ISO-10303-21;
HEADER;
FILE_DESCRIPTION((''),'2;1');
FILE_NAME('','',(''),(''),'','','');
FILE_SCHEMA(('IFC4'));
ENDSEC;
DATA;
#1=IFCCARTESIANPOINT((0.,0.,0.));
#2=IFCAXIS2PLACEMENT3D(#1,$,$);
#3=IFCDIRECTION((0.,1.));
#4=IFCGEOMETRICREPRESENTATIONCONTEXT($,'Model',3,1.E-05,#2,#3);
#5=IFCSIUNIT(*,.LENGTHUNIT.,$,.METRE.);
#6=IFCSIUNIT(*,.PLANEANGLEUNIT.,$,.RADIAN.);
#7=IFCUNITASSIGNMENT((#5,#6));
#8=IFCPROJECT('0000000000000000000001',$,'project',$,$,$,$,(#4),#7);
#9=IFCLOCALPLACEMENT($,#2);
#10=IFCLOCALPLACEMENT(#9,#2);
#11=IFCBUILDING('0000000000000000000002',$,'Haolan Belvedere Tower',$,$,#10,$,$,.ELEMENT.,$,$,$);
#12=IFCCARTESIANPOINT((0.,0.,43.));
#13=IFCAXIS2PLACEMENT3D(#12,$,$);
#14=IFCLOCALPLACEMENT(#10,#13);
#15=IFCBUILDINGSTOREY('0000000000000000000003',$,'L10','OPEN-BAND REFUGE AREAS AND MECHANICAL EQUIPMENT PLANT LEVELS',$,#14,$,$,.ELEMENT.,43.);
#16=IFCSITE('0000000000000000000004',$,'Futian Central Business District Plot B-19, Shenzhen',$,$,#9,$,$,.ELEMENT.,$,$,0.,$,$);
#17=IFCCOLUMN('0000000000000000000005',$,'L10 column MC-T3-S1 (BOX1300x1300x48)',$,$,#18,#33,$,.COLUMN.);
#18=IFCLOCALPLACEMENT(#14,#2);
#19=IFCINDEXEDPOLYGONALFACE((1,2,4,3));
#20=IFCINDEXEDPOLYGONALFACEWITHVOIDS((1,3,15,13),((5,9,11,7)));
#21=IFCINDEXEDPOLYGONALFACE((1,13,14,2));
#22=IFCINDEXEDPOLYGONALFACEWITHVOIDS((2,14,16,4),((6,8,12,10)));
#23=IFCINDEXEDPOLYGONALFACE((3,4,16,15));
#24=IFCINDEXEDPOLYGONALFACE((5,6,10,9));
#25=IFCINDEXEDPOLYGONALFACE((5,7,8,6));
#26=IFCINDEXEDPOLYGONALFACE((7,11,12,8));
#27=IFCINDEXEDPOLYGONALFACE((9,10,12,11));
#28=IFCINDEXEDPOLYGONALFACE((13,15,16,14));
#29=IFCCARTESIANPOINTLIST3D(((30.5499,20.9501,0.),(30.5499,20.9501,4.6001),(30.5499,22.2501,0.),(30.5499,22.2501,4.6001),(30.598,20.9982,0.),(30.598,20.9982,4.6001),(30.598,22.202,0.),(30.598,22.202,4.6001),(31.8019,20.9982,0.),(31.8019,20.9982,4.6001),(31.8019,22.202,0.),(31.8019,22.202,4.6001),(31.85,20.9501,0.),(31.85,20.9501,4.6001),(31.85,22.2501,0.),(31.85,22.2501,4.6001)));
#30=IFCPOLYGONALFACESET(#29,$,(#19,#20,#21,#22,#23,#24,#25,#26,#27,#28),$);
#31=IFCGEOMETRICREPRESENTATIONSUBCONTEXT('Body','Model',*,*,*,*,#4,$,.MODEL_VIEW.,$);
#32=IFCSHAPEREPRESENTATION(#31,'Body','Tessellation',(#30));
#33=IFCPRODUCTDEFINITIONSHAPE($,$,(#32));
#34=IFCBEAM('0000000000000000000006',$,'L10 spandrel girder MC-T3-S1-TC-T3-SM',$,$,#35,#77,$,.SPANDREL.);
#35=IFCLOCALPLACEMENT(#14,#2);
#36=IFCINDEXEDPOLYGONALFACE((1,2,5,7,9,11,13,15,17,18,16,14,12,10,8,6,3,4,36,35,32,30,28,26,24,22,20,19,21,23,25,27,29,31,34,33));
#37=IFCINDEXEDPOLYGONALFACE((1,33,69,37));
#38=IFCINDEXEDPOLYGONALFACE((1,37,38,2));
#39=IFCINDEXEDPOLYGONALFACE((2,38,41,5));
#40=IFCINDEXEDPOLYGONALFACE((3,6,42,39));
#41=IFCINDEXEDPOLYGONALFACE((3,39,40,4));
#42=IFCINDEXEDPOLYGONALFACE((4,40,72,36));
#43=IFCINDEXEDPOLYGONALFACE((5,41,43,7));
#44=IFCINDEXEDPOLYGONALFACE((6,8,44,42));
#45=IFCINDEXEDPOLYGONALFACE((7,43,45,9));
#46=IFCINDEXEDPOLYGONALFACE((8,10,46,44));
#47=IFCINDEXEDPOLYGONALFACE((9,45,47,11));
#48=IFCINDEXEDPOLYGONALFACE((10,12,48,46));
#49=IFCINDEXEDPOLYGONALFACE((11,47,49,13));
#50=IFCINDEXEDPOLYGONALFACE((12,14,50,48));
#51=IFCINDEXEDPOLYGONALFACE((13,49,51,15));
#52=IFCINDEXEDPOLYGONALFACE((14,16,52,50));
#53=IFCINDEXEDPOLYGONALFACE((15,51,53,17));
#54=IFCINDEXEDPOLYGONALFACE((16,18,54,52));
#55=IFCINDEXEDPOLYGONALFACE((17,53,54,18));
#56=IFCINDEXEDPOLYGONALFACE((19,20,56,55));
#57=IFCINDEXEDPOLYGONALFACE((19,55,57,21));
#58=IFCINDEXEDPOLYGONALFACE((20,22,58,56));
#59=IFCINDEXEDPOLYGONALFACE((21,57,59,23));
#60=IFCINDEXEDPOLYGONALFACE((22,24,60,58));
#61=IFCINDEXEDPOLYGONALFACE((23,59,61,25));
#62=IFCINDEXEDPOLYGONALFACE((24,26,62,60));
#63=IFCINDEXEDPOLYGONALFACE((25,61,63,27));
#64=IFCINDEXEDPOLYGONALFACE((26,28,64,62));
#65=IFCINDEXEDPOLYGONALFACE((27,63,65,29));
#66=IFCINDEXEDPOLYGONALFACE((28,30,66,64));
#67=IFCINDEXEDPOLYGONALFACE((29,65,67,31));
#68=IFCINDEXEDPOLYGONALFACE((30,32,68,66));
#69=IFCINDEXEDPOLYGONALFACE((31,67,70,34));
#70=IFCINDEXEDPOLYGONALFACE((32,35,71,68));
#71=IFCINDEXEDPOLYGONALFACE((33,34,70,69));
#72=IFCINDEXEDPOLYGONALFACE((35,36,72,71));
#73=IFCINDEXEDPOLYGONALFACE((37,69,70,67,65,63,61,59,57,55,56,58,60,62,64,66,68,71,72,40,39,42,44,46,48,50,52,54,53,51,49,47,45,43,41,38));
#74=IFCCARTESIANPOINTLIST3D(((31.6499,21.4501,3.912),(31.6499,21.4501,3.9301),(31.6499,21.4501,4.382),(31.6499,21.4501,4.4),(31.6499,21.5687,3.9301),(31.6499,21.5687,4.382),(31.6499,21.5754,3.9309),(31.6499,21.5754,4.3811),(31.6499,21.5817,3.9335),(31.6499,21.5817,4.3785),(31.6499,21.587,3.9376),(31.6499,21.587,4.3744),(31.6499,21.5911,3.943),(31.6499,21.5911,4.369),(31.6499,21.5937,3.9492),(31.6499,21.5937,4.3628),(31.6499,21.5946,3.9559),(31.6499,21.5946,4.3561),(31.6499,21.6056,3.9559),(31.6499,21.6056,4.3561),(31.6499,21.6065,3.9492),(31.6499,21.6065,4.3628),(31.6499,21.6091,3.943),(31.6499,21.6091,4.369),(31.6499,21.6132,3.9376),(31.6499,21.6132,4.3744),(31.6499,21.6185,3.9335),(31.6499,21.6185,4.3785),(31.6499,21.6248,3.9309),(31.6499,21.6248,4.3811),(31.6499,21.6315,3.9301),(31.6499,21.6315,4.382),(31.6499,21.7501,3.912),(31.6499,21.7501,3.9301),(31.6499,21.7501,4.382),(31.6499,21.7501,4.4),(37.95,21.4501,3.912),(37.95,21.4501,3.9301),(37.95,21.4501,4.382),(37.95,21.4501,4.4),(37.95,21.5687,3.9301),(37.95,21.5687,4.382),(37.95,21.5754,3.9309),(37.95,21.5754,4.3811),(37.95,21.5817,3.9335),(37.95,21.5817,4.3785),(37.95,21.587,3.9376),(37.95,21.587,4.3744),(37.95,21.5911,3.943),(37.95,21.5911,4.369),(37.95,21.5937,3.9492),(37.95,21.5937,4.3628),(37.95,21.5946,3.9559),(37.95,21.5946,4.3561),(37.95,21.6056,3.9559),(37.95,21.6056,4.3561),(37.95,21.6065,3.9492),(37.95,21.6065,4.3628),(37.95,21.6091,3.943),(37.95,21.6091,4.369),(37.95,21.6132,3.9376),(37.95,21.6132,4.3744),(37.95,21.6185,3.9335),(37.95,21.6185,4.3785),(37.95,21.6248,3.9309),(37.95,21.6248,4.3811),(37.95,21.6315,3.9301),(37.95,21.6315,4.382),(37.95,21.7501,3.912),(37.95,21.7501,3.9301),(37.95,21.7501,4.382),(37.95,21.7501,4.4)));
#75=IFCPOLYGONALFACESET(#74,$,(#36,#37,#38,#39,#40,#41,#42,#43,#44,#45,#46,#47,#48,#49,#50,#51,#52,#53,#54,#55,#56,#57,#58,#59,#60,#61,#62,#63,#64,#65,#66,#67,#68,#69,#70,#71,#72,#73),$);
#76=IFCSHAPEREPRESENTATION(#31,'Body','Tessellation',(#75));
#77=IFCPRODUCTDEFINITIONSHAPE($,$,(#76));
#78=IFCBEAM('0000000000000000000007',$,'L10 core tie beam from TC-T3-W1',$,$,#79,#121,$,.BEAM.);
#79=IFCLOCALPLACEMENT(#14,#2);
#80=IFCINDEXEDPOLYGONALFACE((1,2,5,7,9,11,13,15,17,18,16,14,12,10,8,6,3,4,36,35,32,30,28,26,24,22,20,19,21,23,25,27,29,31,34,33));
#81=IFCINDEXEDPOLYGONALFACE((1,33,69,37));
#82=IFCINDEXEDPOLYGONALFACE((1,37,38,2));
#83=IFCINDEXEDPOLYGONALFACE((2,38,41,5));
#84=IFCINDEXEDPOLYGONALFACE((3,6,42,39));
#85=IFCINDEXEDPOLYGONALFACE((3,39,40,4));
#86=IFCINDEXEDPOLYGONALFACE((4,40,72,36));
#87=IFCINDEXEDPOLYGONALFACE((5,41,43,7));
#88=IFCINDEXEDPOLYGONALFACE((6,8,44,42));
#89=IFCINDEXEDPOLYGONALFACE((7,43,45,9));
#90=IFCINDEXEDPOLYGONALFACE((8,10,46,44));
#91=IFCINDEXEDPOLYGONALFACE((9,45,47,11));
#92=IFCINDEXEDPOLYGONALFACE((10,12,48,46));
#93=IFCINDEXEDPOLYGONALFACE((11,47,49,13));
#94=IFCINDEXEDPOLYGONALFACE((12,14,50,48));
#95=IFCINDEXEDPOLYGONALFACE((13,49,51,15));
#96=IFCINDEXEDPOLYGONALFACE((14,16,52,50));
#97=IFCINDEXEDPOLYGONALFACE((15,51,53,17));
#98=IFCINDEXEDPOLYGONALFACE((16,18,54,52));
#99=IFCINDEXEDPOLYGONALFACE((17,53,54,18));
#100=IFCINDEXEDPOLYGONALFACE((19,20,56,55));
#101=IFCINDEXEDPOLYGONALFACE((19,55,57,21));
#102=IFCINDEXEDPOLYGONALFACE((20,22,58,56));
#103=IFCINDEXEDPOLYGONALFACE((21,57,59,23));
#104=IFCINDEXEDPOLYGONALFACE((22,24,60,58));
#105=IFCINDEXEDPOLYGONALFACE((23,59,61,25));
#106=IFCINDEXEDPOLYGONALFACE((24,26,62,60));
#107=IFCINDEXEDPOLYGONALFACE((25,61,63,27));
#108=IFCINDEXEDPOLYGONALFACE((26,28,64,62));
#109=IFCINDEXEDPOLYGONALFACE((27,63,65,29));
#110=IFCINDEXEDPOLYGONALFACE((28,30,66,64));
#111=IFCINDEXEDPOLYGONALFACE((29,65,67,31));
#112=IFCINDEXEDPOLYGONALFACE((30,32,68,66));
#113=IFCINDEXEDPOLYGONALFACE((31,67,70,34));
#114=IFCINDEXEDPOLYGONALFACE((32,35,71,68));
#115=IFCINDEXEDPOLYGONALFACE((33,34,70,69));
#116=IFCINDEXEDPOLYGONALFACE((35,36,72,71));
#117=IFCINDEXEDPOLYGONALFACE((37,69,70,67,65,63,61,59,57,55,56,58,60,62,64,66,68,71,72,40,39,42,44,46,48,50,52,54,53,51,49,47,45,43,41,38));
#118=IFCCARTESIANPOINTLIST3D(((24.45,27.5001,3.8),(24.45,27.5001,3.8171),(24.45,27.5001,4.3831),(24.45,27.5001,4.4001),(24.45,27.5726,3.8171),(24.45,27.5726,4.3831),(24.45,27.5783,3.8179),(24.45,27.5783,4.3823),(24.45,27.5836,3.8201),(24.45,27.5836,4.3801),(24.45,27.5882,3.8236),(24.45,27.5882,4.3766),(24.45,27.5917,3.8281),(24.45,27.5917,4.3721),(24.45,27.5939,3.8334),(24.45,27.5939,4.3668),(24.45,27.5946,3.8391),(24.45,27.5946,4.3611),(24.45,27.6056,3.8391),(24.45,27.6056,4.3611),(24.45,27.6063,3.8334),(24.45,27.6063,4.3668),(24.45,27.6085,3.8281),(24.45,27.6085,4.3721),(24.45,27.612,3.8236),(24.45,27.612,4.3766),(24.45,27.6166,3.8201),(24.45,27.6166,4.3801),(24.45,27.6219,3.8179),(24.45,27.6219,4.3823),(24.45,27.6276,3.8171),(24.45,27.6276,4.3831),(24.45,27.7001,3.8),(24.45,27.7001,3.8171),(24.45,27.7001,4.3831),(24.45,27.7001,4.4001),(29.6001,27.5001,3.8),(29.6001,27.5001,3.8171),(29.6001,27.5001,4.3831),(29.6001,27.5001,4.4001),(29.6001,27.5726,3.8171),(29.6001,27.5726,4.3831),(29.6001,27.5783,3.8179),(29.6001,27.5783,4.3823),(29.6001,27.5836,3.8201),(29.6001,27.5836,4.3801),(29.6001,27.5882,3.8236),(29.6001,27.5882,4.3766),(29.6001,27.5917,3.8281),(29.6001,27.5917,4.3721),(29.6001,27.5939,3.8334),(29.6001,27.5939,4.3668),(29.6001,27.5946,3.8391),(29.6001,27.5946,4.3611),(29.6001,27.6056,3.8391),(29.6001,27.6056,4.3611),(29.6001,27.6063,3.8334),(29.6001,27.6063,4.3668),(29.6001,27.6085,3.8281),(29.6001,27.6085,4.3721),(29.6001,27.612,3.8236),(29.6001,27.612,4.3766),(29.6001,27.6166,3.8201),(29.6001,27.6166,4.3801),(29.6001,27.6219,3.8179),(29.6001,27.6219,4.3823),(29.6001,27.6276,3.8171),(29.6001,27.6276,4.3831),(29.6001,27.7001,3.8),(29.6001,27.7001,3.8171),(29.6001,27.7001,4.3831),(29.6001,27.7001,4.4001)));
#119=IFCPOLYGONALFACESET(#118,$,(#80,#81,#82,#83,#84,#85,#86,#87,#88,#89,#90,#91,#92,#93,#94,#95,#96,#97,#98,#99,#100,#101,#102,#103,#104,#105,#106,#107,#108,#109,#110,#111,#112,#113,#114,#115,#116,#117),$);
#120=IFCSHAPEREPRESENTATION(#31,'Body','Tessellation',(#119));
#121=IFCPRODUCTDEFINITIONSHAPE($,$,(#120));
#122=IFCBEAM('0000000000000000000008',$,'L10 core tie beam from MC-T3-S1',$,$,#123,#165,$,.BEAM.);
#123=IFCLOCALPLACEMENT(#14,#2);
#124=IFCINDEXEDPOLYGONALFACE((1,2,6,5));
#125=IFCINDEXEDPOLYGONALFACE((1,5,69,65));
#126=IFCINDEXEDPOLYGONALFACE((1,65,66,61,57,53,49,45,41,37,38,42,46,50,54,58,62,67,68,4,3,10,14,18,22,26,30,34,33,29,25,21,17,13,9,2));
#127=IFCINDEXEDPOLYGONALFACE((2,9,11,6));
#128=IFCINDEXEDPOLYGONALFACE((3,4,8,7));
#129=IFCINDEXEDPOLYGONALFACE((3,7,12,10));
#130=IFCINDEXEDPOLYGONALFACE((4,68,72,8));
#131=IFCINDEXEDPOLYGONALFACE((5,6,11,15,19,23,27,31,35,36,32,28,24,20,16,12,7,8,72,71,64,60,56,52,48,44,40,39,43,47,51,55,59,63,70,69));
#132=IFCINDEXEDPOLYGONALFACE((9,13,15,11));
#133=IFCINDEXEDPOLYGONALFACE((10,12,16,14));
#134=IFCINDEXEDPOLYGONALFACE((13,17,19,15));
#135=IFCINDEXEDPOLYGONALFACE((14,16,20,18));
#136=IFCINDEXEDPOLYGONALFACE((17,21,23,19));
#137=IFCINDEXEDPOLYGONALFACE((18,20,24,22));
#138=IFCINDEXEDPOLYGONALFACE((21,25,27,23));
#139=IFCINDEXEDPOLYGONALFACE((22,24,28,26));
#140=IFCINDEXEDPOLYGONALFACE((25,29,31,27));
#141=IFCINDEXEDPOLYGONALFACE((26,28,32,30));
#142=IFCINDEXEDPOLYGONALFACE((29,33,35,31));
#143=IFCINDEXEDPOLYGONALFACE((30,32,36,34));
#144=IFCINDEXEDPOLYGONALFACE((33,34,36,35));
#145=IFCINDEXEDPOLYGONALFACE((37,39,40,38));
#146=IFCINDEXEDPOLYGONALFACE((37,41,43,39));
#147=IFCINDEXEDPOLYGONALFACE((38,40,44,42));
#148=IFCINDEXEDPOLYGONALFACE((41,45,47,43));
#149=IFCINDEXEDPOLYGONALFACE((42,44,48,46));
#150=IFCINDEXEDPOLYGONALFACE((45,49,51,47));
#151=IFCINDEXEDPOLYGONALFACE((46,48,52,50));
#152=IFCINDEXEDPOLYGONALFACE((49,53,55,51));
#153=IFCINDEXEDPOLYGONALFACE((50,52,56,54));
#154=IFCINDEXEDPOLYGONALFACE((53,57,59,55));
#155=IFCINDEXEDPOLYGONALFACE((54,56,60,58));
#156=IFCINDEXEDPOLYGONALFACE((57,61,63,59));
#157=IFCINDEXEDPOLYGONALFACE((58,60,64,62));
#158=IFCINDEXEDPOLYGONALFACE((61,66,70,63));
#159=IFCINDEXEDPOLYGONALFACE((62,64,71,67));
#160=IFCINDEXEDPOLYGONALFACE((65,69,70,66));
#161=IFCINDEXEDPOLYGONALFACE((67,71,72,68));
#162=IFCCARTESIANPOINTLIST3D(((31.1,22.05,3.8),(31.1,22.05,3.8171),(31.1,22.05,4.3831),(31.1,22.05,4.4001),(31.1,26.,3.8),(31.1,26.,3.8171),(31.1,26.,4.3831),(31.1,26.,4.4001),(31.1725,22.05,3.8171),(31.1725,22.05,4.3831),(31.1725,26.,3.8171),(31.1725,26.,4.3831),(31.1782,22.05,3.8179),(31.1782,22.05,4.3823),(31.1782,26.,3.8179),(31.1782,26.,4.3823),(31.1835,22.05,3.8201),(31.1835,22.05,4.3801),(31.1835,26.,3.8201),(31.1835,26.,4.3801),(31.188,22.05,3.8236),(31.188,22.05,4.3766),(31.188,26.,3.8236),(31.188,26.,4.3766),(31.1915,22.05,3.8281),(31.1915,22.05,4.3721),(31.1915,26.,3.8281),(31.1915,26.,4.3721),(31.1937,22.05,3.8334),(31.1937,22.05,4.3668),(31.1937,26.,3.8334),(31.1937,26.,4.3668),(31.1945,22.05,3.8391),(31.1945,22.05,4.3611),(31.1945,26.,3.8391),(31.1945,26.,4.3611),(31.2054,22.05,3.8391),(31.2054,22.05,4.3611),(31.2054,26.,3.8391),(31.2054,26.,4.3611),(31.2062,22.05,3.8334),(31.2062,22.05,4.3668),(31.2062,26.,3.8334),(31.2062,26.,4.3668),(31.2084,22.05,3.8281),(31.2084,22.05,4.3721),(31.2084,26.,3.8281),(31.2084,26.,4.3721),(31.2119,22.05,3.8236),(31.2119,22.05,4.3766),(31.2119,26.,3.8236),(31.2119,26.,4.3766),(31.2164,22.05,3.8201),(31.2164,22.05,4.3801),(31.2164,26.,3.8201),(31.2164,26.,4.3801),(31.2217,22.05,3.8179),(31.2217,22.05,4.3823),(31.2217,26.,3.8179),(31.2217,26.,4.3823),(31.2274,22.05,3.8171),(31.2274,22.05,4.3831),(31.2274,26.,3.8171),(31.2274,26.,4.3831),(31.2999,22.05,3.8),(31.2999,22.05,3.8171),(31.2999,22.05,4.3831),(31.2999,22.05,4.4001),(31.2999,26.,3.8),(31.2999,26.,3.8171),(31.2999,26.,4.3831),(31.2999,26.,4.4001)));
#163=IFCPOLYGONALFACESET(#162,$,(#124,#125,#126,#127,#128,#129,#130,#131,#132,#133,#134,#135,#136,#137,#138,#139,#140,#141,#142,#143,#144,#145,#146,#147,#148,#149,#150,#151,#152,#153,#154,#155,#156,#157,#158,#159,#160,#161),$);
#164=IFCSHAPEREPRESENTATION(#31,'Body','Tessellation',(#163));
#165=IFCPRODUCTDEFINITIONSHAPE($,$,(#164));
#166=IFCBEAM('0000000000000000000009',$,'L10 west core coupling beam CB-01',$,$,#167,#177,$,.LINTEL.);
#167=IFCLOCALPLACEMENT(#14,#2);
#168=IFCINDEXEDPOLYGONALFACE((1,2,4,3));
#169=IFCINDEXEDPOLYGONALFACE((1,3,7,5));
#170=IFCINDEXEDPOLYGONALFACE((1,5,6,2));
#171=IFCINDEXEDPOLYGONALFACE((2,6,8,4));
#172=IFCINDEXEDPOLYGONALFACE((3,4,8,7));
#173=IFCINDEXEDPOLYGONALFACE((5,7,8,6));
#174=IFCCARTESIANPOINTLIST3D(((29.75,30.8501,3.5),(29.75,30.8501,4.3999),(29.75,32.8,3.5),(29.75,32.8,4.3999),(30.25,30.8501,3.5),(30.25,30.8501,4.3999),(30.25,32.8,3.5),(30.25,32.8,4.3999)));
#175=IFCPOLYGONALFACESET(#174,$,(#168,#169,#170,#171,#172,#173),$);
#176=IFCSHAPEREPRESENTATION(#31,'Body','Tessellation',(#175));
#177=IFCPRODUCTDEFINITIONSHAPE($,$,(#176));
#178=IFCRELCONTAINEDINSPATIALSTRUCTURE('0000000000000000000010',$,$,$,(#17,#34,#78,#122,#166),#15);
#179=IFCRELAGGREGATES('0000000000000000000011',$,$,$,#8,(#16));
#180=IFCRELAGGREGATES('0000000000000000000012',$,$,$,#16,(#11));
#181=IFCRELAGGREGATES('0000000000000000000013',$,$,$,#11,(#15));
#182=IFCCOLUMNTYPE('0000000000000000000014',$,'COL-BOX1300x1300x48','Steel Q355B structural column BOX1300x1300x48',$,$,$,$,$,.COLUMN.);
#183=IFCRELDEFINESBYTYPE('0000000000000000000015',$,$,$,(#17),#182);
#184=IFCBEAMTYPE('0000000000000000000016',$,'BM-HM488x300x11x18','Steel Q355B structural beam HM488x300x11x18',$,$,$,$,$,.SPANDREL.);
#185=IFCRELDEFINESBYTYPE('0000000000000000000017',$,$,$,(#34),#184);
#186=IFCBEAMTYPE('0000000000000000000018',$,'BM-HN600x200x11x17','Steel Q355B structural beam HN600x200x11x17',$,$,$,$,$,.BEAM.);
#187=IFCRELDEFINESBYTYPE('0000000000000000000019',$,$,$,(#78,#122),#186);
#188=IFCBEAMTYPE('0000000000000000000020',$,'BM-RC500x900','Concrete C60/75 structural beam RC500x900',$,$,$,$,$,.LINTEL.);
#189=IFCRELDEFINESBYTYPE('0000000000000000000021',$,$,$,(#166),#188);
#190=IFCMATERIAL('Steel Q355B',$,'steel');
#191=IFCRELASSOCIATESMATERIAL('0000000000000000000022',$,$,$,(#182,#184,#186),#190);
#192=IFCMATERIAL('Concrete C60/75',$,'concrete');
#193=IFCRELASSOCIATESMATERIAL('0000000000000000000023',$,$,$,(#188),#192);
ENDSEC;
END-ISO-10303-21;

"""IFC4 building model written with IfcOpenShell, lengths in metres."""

from ifc_helpers import new_model, si_unit, direction, frame, origin, origin_2d, place, context, subcontext, project, spatial, rectangle, hollow_rectangle, i_section, extrude, material, material_profile, profile_set, type_object, element, save


model = new_model("IFC4")

# Units and contexts
model_context = context("Model", 3, precision=1e-05, world=origin(), true_north=direction((0.0, 1.0)))
body_context = subcontext(model_context, "Body", "Model", "MODEL_VIEW")
ifc_project = project(units=[si_unit("LENGTHUNIT", "METRE"), si_unit("PLANEANGLEUNIT", "RADIAN")], contexts=[model_context])

# Site, building, storey
site_placement = place(None, origin())
site = spatial("IfcSite", under=ifc_project, at=site_placement, Name="Futian Central Business District Plot B-19, Shenzhen", CompositionType="ELEMENT", RefElevation=0.0)
building_placement = place(site_placement, origin())
building = spatial("IfcBuilding", under=site, at=building_placement, Name="Haolan Belvedere Tower", CompositionType="ELEMENT")
storey_placement = place(building_placement, frame((0.0, 0.0, 43.0)))
storey = spatial("IfcBuildingStorey", under=building, at=storey_placement, Name="L10", Description="OPEN-BAND REFUGE AREAS AND MECHANICAL EQUIPMENT PLANT LEVELS", CompositionType="ELEMENT", Elevation=43.0)

# Column
ifc_material_1 = material(Name="Steel Q355B", Category="steel")
ifc_material_profile_1 = material_profile(ifc_material_1, hollow_rectangle(XDim=1.3, YDim=1.3, WallThickness=0.0481, at=origin_2d()), Name="Steel Q355B")
ifc_profile_set_1 = profile_set([ifc_material_profile_1], Name="Steel Q355B")
column_type = type_object("IfcColumnType", Name="COL-BOX1300x1300x48", Description="Steel Q355B structural column BOX1300x1300x48", PredefinedType="COLUMN", material=ifc_profile_set_1)
column_placement = place(storey_placement, frame((31.2, 21.6001, 0.0), z_axis=(0.0, 0.0, 1.0), x_axis=(1.0, 0.0, 0.0)))
element("IfcColumn", 1, at=column_placement, inside=storey, type_object=column_type, Name="L10 column MC-T3-S1 (BOX1300x1300x48)", PredefinedType="COLUMN", context=body_context, shape_type="SweptSolid", body=[
    extrude(hollow_rectangle(XDim=1.3, YDim=1.3, WallThickness=0.0481, at=origin_2d()), origin(), (0.0, 0.0, 1.0), 4.6001),
])

# Beams
ifc_material_profile_2 = material_profile(ifc_material_1, i_section(OverallWidth=0.3, OverallDepth=0.488, WebThickness=0.011, FlangeThickness=0.0181, FilletRadius=0.0259, at=origin_2d()), Name="Steel Q355B")
ifc_profile_set_2 = profile_set([ifc_material_profile_2], Name="Steel Q355B")
beam_type_1 = type_object("IfcBeamType", Name="BM-HM488x300x11x18", Description="Steel Q355B structural beam HM488x300x11x18", PredefinedType="SPANDREL", material=ifc_profile_set_2)
beam_1_placement = place(storey_placement, frame((31.6499, 21.6001, 4.156), z_axis=(1.0, 0.0, 0.0), x_axis=(0.0, 1.0, 0.0)))
element("IfcBeam", 2, at=beam_1_placement, inside=storey, type_object=beam_type_1, Name="L10 spandrel girder MC-T3-S1-TC-T3-SM", PredefinedType="SPANDREL", context=body_context, shape_type="SweptSolid", body=[
    extrude(i_section(OverallWidth=0.3, OverallDepth=0.488, WebThickness=0.011, FlangeThickness=0.0181, FilletRadius=0.0259, at=origin_2d()), origin(), (0.0, 0.0, 1.0), 6.3),
])
ifc_material_profile_3 = material_profile(ifc_material_1, i_section(OverallWidth=0.2, OverallDepth=0.6001, WebThickness=0.011, FlangeThickness=0.0171, FilletRadius=0.022, at=origin_2d()), Name="Steel Q355B")
ifc_profile_set_3 = profile_set([ifc_material_profile_3], Name="Steel Q355B")
beam_type_2 = type_object("IfcBeamType", Name="BM-HN600x200x11x17", Description="Steel Q355B structural beam HN600x200x11x17", PredefinedType="BEAM", material=ifc_profile_set_3)
beam_2_placement = place(storey_placement, frame((24.45, 27.6001, 4.1001), z_axis=(1.0, 0.0, 0.0), x_axis=(0.0, 1.0, 0.0)))
element("IfcBeam", 3, at=beam_2_placement, inside=storey, type_object=beam_type_2, Name="L10 core tie beam from TC-T3-W1", PredefinedType="BEAM", context=body_context, shape_type="SweptSolid", body=[
    extrude(i_section(OverallWidth=0.2, OverallDepth=0.6001, WebThickness=0.011, FlangeThickness=0.0171, FilletRadius=0.022, at=origin_2d()), origin(), (0.0, 0.0, 1.0), 5.1501),
])
beam_3_placement = place(storey_placement, frame((31.2, 22.05, 4.1001), z_axis=(0.0, 1.0, 0.0), x_axis=(-1.0, 0.0, 0.0)))
element("IfcBeam", 4, at=beam_3_placement, inside=storey, type_object=beam_type_2, Name="L10 core tie beam from MC-T3-S1", PredefinedType="BEAM", context=body_context, shape_type="SweptSolid", body=[
    extrude(i_section(OverallWidth=0.2, OverallDepth=0.6001, WebThickness=0.011, FlangeThickness=0.0171, FilletRadius=0.022, at=origin_2d()), origin(), (0.0, 0.0, 1.0), 3.95),
])
ifc_material_2 = material(Name="Concrete C60/75", Category="concrete")
ifc_material_profile_4 = material_profile(ifc_material_2, rectangle(XDim=0.5, YDim=0.8999, at=origin_2d()), Name="Concrete C60/75")
ifc_profile_set_4 = profile_set([ifc_material_profile_4], Name="Concrete C60/75")
beam_type_3 = type_object("IfcBeamType", Name="BM-RC500x900", Description="Concrete C60/75 structural beam RC500x900", PredefinedType="LINTEL", material=ifc_profile_set_4)
beam_4_placement = place(storey_placement, frame((30.0, 30.8501, 3.95), z_axis=(0.0, 1.0, 0.0), x_axis=(-1.0, 0.0, 0.0)))
element("IfcBeam", 5, at=beam_4_placement, inside=storey, type_object=beam_type_3, Name="L10 west core coupling beam CB-01", PredefinedType="LINTEL", context=body_context, shape_type="SweptSolid", body=[
    extrude(rectangle(XDim=0.5, YDim=0.8999, at=origin_2d()), origin(), (0.0, 0.0, 1.0), 1.95),
])

save(model, "model.ifc")
